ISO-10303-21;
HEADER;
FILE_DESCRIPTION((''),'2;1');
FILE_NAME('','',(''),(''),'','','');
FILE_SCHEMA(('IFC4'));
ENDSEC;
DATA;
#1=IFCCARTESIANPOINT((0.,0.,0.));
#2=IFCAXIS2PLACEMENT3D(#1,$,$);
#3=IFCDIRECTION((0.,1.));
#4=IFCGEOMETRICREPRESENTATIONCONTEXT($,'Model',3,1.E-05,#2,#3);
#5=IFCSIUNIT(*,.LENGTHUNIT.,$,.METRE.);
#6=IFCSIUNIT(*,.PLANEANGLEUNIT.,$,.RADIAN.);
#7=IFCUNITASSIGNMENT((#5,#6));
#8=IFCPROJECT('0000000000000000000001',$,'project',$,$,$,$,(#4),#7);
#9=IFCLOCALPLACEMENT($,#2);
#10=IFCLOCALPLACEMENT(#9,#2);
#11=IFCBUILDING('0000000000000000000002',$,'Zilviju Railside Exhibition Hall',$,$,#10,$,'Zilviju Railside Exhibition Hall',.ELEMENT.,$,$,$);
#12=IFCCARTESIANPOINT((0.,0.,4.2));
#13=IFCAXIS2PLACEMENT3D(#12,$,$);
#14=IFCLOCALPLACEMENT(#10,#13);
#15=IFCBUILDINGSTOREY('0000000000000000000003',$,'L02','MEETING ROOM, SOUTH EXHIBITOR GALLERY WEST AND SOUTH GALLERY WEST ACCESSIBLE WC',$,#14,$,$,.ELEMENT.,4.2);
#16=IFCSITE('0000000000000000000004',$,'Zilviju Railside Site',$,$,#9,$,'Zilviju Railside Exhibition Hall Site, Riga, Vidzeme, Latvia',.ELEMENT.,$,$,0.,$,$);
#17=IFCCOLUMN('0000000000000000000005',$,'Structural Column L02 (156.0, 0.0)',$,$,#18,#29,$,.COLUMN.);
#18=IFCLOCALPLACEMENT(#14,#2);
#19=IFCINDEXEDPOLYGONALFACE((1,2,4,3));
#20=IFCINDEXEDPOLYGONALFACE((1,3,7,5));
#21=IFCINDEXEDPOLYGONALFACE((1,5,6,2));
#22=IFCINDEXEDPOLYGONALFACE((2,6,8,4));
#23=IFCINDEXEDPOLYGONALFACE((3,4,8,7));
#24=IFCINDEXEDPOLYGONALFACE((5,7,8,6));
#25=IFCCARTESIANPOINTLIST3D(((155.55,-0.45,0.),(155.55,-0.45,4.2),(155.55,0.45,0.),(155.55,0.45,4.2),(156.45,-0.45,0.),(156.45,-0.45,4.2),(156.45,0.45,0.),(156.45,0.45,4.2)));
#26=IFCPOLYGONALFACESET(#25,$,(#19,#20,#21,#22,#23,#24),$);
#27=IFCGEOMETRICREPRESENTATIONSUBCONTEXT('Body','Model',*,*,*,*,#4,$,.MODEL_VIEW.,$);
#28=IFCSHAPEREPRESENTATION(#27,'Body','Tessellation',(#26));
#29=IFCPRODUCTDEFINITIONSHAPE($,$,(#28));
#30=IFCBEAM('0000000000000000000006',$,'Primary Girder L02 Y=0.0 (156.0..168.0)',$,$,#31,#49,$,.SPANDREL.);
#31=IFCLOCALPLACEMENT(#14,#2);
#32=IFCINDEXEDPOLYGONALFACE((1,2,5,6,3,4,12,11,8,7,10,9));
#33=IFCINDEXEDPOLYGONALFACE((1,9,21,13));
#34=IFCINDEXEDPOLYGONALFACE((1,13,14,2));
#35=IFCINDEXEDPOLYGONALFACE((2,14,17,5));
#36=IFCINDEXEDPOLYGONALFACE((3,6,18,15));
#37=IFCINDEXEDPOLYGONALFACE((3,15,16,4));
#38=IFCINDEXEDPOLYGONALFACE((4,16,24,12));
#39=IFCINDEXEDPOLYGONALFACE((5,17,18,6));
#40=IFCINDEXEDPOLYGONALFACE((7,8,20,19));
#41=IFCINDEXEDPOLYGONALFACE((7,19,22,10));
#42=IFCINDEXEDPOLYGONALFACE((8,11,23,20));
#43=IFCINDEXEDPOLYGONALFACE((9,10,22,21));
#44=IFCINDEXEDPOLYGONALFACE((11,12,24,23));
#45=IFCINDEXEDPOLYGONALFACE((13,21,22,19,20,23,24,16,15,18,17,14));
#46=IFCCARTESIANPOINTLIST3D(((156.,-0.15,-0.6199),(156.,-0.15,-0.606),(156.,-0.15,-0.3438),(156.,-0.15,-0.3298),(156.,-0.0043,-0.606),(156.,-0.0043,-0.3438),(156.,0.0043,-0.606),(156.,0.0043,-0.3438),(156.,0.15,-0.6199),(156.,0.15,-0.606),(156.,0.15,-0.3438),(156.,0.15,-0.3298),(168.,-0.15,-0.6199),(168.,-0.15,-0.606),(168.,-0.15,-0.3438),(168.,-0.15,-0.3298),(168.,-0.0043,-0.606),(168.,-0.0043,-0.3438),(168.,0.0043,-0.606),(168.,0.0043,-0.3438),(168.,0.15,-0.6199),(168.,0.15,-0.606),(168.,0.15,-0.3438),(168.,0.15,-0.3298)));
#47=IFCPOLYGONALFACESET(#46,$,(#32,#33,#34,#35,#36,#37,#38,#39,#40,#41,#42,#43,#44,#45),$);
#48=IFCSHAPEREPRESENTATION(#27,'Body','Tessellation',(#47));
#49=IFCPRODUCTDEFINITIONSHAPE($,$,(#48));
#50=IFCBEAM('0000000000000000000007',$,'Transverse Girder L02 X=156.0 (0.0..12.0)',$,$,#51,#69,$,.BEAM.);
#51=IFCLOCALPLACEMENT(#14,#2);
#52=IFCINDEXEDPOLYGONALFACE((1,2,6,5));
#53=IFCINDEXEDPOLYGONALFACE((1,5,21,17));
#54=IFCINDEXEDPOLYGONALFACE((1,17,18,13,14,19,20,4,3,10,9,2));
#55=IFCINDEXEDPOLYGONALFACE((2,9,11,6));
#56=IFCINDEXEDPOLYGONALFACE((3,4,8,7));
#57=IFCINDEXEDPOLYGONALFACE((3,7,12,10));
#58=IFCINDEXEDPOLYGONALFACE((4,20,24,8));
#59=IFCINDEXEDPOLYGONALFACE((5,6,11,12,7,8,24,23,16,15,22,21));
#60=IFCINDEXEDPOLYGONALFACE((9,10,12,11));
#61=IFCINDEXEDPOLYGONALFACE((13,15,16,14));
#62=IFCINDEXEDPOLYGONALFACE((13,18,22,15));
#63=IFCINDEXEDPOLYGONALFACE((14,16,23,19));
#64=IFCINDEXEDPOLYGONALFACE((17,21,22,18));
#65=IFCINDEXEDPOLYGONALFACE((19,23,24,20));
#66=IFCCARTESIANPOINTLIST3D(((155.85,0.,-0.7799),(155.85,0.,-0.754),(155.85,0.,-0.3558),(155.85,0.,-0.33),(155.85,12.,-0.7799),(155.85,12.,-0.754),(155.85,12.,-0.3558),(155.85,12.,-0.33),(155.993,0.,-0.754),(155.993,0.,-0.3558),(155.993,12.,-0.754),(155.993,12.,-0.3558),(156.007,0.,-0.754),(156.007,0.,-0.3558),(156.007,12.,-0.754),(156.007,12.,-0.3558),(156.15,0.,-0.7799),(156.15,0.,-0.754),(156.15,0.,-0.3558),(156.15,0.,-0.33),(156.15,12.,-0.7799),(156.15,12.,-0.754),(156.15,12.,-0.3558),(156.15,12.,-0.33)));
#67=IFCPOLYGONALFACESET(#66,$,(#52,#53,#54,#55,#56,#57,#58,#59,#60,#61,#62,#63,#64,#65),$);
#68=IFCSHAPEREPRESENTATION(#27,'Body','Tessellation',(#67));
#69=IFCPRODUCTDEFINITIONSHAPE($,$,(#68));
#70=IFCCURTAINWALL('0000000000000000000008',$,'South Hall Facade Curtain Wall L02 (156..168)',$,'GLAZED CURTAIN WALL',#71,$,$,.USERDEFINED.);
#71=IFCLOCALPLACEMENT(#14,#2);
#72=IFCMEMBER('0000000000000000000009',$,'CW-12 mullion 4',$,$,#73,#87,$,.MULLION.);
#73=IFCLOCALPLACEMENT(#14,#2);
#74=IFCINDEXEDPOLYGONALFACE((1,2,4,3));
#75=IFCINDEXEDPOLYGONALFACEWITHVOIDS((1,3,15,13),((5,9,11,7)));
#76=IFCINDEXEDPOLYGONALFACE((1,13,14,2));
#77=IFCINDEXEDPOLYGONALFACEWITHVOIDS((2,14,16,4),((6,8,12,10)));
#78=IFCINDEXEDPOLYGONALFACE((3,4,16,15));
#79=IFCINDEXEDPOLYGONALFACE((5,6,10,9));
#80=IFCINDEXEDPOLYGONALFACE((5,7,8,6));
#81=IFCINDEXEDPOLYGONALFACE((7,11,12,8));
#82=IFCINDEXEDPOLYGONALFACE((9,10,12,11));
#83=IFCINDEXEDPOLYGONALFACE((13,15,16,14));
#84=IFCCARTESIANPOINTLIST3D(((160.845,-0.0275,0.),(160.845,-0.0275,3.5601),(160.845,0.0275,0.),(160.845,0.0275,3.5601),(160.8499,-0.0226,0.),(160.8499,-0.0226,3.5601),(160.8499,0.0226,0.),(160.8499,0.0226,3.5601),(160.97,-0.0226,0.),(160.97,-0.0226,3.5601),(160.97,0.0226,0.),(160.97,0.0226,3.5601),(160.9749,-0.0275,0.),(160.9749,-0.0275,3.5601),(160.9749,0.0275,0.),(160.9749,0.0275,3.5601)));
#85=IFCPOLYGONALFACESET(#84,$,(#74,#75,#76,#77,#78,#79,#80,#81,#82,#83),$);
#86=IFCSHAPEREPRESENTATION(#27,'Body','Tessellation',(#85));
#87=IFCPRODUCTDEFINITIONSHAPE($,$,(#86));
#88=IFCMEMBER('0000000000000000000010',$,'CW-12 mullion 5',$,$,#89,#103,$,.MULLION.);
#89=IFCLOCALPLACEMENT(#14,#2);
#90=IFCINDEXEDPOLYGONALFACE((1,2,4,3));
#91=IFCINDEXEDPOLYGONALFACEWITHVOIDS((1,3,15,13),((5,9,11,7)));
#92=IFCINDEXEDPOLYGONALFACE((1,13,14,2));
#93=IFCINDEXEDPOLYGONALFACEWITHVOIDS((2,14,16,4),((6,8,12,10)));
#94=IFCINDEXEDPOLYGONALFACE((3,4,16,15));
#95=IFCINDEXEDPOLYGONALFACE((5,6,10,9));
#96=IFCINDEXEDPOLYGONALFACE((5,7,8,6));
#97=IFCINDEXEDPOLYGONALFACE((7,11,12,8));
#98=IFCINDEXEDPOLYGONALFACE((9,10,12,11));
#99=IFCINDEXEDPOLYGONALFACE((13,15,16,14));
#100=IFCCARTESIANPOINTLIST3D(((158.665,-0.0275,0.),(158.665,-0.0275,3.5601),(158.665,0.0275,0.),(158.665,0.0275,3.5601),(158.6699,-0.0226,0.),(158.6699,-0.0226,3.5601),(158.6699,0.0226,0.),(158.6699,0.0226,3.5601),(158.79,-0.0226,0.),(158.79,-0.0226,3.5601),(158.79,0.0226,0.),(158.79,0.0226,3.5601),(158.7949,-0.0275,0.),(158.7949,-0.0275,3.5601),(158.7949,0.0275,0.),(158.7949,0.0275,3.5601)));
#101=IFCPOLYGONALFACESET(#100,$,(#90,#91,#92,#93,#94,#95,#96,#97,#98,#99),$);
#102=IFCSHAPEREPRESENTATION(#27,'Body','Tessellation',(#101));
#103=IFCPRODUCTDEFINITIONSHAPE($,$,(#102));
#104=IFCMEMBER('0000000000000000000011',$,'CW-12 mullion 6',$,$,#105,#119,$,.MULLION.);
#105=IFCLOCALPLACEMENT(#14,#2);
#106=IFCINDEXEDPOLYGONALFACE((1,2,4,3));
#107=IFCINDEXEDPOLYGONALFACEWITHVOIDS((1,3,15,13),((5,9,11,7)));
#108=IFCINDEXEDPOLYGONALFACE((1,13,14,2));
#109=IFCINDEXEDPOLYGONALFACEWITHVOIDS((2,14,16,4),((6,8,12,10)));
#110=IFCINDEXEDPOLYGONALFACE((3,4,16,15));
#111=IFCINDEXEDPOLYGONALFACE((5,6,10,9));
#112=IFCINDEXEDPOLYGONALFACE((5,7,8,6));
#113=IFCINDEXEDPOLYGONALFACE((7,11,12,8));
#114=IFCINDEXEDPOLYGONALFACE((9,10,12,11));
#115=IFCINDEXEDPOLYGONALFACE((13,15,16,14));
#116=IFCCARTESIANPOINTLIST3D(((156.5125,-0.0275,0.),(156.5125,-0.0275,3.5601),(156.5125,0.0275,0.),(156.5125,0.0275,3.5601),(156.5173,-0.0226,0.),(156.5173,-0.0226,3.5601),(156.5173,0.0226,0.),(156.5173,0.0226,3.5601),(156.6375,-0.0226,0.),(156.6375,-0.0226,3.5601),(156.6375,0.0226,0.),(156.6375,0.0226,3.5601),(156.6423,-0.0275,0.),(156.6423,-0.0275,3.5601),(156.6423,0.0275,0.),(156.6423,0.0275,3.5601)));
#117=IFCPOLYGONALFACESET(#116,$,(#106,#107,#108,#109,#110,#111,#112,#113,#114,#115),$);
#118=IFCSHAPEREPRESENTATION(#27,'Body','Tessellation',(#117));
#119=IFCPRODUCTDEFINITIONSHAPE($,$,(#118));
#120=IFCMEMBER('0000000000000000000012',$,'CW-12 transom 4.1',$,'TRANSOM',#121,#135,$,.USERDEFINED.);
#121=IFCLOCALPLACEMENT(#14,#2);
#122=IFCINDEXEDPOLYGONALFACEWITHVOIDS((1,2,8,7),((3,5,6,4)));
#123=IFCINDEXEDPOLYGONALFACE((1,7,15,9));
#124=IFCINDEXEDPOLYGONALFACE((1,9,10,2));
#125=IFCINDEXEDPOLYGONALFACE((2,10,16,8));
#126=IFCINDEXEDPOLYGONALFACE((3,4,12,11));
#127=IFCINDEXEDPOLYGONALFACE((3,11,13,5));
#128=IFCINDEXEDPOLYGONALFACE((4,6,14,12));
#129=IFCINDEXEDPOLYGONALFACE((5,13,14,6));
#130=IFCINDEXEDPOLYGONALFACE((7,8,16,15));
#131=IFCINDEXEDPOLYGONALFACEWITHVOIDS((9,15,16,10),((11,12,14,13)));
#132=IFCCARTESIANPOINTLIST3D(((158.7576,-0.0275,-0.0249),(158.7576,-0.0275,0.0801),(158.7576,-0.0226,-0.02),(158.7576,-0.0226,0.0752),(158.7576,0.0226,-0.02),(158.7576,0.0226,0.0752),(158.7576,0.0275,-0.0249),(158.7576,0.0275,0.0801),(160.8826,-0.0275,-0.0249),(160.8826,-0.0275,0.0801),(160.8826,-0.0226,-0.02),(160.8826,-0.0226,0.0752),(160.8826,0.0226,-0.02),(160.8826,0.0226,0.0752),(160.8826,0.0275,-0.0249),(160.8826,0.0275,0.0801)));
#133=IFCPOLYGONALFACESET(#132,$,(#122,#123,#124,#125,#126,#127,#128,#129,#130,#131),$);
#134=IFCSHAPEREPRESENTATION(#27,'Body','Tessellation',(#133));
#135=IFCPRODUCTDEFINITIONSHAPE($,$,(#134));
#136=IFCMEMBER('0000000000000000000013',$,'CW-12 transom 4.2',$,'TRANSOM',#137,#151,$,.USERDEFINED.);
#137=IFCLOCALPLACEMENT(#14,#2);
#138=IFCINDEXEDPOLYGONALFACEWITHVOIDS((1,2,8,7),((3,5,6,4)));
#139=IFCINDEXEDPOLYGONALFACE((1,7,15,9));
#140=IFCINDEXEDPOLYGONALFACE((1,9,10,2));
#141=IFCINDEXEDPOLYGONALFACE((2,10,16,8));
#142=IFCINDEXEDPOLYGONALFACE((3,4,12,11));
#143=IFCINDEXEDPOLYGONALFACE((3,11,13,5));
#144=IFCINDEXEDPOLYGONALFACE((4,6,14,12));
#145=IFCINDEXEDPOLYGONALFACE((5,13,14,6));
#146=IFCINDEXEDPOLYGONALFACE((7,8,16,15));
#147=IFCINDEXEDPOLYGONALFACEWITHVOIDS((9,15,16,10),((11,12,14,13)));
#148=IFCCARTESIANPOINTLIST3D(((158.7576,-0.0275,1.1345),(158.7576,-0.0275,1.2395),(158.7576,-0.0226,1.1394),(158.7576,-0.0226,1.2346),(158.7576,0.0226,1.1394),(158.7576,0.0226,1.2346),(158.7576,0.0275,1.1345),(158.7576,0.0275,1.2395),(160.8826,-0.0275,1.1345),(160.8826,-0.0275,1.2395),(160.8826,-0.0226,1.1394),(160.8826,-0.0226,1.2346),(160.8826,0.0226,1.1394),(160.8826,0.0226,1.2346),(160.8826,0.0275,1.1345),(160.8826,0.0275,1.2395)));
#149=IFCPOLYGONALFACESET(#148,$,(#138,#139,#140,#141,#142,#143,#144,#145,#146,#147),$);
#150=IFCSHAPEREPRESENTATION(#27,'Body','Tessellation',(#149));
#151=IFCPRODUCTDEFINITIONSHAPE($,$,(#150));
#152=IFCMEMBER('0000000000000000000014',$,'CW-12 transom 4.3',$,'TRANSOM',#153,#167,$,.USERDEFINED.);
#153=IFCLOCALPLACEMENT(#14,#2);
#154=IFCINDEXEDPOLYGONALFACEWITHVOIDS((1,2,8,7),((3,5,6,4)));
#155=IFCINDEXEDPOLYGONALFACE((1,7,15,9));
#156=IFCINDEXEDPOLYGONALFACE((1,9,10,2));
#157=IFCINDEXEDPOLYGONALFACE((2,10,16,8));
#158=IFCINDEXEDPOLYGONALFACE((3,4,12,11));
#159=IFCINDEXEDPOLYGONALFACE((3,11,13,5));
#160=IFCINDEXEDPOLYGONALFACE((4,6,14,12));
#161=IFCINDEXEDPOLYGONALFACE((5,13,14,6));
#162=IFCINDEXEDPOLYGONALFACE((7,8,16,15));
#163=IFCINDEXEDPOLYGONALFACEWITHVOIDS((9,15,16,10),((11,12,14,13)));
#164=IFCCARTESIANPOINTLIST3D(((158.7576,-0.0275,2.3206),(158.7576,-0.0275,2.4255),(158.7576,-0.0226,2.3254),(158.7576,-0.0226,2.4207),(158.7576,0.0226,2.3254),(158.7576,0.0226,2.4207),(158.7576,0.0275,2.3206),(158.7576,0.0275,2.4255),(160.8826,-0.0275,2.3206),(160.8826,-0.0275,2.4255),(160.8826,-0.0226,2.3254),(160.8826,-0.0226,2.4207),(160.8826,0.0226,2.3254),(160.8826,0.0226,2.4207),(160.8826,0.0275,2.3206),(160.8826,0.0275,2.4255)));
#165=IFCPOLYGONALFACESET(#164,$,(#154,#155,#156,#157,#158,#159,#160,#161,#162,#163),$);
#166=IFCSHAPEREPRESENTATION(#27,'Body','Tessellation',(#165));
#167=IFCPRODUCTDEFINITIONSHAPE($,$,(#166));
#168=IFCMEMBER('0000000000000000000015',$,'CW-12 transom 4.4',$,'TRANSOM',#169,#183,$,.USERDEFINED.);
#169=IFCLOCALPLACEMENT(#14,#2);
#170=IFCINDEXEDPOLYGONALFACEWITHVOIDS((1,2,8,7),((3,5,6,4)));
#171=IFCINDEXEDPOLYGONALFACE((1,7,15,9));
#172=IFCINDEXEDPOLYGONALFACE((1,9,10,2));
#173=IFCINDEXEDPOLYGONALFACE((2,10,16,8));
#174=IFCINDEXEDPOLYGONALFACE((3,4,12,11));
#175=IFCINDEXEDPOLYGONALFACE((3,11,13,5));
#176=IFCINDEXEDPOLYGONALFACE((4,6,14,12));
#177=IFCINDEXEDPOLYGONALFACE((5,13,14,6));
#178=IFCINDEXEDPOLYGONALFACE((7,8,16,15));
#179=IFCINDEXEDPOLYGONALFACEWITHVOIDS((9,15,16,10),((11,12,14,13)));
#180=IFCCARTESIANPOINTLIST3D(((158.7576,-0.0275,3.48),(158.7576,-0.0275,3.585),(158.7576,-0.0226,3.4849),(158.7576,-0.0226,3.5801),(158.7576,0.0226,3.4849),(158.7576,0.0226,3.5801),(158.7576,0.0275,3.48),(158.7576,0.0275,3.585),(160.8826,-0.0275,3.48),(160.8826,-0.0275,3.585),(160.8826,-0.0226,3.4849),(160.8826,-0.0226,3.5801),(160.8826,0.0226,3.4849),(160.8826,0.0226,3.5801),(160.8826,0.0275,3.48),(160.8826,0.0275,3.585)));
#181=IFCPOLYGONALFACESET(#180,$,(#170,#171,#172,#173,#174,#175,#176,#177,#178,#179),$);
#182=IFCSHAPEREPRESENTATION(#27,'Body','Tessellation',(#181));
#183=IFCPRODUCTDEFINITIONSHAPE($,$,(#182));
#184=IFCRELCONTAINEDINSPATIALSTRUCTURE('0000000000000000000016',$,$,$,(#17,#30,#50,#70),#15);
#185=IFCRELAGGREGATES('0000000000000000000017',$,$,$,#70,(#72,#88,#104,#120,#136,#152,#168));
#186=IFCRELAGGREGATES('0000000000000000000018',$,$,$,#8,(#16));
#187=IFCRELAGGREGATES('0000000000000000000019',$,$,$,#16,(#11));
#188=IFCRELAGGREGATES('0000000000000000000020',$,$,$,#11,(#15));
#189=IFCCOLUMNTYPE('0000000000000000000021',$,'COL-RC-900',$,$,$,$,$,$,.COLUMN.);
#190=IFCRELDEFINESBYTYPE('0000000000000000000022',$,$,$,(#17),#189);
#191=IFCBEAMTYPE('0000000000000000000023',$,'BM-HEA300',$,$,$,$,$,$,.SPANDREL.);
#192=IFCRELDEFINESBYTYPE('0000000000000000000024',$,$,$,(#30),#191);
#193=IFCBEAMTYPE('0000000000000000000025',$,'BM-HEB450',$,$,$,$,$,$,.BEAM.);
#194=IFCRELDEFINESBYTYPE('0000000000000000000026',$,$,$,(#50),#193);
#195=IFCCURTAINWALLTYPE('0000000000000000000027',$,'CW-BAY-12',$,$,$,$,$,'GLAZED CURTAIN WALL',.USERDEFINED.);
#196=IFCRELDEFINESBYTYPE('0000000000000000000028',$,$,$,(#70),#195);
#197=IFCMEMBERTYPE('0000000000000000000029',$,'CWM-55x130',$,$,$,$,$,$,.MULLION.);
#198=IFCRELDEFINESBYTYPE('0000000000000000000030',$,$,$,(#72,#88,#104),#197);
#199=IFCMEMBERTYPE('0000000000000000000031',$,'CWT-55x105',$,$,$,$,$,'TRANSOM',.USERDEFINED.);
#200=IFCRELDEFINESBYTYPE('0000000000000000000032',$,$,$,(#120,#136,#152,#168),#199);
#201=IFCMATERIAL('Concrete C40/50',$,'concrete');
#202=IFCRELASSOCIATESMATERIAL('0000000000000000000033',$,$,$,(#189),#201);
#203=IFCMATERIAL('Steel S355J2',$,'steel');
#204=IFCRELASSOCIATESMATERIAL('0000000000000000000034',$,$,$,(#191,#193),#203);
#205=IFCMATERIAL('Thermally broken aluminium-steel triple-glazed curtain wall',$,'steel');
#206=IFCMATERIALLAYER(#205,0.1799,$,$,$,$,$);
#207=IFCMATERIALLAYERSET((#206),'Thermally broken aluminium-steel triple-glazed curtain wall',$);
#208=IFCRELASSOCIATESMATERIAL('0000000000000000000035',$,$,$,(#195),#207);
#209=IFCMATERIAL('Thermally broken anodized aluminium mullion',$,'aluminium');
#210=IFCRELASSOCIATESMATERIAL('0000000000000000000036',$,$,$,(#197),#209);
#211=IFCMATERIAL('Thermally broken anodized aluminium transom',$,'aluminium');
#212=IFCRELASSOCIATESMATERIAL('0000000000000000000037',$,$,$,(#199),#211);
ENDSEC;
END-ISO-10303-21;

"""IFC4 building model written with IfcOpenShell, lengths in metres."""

from ifc_helpers import new_model, si_unit, direction, frame, origin, origin_2d, place, context, subcontext, project, spatial, rectangle, hollow_rectangle, i_section, extrude, material, layer, layer_set, material_profile, profile_set, type_object, element, aggregate, save


model = new_model("IFC4")

# Units and contexts
model_context = context("Model", 3, precision=1e-05, world=origin(), true_north=direction((0.0, 1.0)))
body_context = subcontext(model_context, "Body", "Model", "MODEL_VIEW")
ifc_project = project(units=[si_unit("LENGTHUNIT", "METRE"), si_unit("PLANEANGLEUNIT", "RADIAN")], contexts=[model_context])

# Site, building, storey
site_placement = place(None, origin())
site = spatial("IfcSite", under=ifc_project, at=site_placement, Name="Zilviju Railside Site", LongName="Zilviju Railside Exhibition Hall Site, Riga, Vidzeme, Latvia", CompositionType="ELEMENT", RefElevation=0.0)
building_placement = place(site_placement, origin())
building = spatial("IfcBuilding", under=site, at=building_placement, Name="Zilviju Railside Exhibition Hall", LongName="Zilviju Railside Exhibition Hall", CompositionType="ELEMENT")
storey_placement = place(building_placement, frame((0.0, 0.0, 4.2)))
storey = spatial("IfcBuildingStorey", under=building, at=storey_placement, Name="L02", Description="MEETING ROOM, SOUTH EXHIBITOR GALLERY WEST AND SOUTH GALLERY WEST ACCESSIBLE WC", CompositionType="ELEMENT", Elevation=4.2)

# Column
ifc_material_1 = material(Name="Concrete C40/50", Category="concrete")
ifc_material_profile_1 = material_profile(ifc_material_1, rectangle(XDim=0.8999, YDim=0.8999, at=origin_2d()), Name="RC COL 900x900")
ifc_profile_set_1 = profile_set([ifc_material_profile_1], Name="Concrete C40/50")
column_type = type_object("IfcColumnType", Name="COL-RC-900", PredefinedType="COLUMN", material=ifc_profile_set_1)
column_placement = place(storey_placement, frame((156.0, 0.0, 0.0), z_axis=(0.0, 0.0, 1.0), x_axis=(1.0, 0.0, 0.0)))
element("IfcColumn", 1, at=column_placement, inside=storey, type_object=column_type, Name="Structural Column L02 (156.0, 0.0)", PredefinedType="COLUMN", context=body_context, shape_type="SweptSolid", body=[
    extrude(rectangle(XDim=0.8999, YDim=0.8999, at=origin_2d()), origin(), (0.0, 0.0, 1.0), 4.2),
])

# Beams
ifc_material_2 = material(Name="Steel S355J2", Category="steel")
ifc_material_profile_2 = material_profile(ifc_material_2, i_section(OverallWidth=0.3, OverallDepth=0.29, WebThickness=0.0085, FlangeThickness=0.0139, at=origin_2d()), Name="HEA 300")
ifc_profile_set_2 = profile_set([ifc_material_profile_2], Name="Steel S355J2")
beam_type_1 = type_object("IfcBeamType", Name="BM-HEA300", PredefinedType="SPANDREL", material=ifc_profile_set_2)
beam_1_placement = place(storey_placement, frame((156.0, 0.0, -0.4749), z_axis=(1.0, 0.0, 0.0), x_axis=(0.0, 1.0, 0.0)))
element("IfcBeam", 2, at=beam_1_placement, inside=storey, type_object=beam_type_1, Name="Primary Girder L02 Y=0.0 (156.0..168.0)", PredefinedType="SPANDREL", context=body_context, shape_type="SweptSolid", body=[
    extrude(i_section(OverallWidth=0.3, OverallDepth=0.29, WebThickness=0.0085, FlangeThickness=0.0139, at=origin_2d()), origin(), (0.0, 0.0, 1.0), 12.0),
])
ifc_material_profile_3 = material_profile(ifc_material_2, i_section(OverallWidth=0.3, OverallDepth=0.45, WebThickness=0.0139, FlangeThickness=0.0259, at=origin_2d()), Name="HEB 450")
ifc_profile_set_3 = profile_set([ifc_material_profile_3], Name="Steel S355J2")
beam_type_2 = type_object("IfcBeamType", Name="BM-HEB450", PredefinedType="BEAM", material=ifc_profile_set_3)
beam_2_placement = place(storey_placement, frame((156.0, 0.0, -0.5549), z_axis=(0.0, 1.0, 0.0), x_axis=(-1.0, 0.0, 0.0)))
element("IfcBeam", 3, at=beam_2_placement, inside=storey, type_object=beam_type_2, Name="Transverse Girder L02 X=156.0 (0.0..12.0)", PredefinedType="BEAM", context=body_context, shape_type="SweptSolid", body=[
    extrude(i_section(OverallWidth=0.3, OverallDepth=0.45, WebThickness=0.0139, FlangeThickness=0.0259, at=origin_2d()), origin(), (0.0, 0.0, 1.0), 12.0),
])

# Curtain wall, members
ifc_material_3 = material(Name="Thermally broken aluminium-steel triple-glazed curtain wall", Category="steel")
ifc_layer_1 = layer(ifc_material_3, 0.1799)
ifc_layer_set_1 = layer_set([ifc_layer_1], Name="Thermally broken aluminium-steel triple-glazed curtain wall")
curtain_wall_type = type_object("IfcCurtainWallType", Name="CW-BAY-12", ElementType="GLAZED CURTAIN WALL", PredefinedType="USERDEFINED", material=ifc_layer_set_1)
curtain_wall_placement = place(storey_placement, origin())
curtain_wall = element("IfcCurtainWall", 4, at=curtain_wall_placement, inside=storey, type_object=curtain_wall_type, Name="South Hall Facade Curtain Wall L02 (156..168)", ObjectType="GLAZED CURTAIN WALL", PredefinedType="USERDEFINED")
ifc_material_4 = material(Name="Thermally broken anodized aluminium mullion", Category="aluminium")
ifc_material_profile_4 = material_profile(ifc_material_4, hollow_rectangle(XDim=0.0549, YDim=0.1299, WallThickness=0.0049, at=origin_2d()), Name="MULLION 130x55x5")
ifc_profile_set_4 = profile_set([ifc_material_profile_4], Name="Thermally broken anodized aluminium mullion")
member_type_1 = type_object("IfcMemberType", Name="CWM-55x130", PredefinedType="MULLION", material=ifc_profile_set_4)
member_1_placement = place(storey_placement, frame((160.9099, 0.0, 0.0), z_axis=(0.0, 0.0, 1.0), x_axis=(0.0, -1.0, 0.0)))
member_1 = element("IfcMember", 5, at=member_1_placement, type_object=member_type_1, Name="CW-12 mullion 4", PredefinedType="MULLION", context=body_context, shape_type="SweptSolid", body=[
    extrude(hollow_rectangle(XDim=0.0549, YDim=0.1299, WallThickness=0.0049, at=origin_2d()), origin(), (0.0, 0.0, 1.0), 3.5601),
])
member_2_placement = place(storey_placement, frame((158.73, 0.0, 0.0), z_axis=(0.0, 0.0, 1.0), x_axis=(0.0, -1.0, 0.0)))
member_2 = element("IfcMember", 6, at=member_2_placement, type_object=member_type_1, Name="CW-12 mullion 5", PredefinedType="MULLION", context=body_context, shape_type="SweptSolid", body=[
    extrude(hollow_rectangle(XDim=0.0549, YDim=0.1299, WallThickness=0.0049, at=origin_2d()), origin(), (0.0, 0.0, 1.0), 3.5601),
])
member_3_placement = place(storey_placement, frame((156.5774, 0.0, 0.0), z_axis=(0.0, 0.0, 1.0), x_axis=(0.0, -1.0, 0.0)))
member_3 = element("IfcMember", 7, at=member_3_placement, type_object=member_type_1, Name="CW-12 mullion 6", PredefinedType="MULLION", context=body_context, shape_type="SweptSolid", body=[
    extrude(hollow_rectangle(XDim=0.0549, YDim=0.1299, WallThickness=0.0049, at=origin_2d()), origin(), (0.0, 0.0, 1.0), 3.5601),
])
ifc_material_5 = material(Name="Thermally broken anodized aluminium transom", Category="aluminium")
ifc_material_profile_5 = material_profile(ifc_material_5, hollow_rectangle(XDim=0.0549, YDim=0.105, WallThickness=0.0049, at=origin_2d()), Name="TRANSOM 105x55x5")
ifc_profile_set_5 = profile_set([ifc_material_profile_5], Name="Thermally broken anodized aluminium transom")
member_type_2 = type_object("IfcMemberType", Name="CWT-55x105", ElementType="TRANSOM", PredefinedType="USERDEFINED", material=ifc_profile_set_5)
member_4_placement = place(storey_placement, frame((160.8826, 0.0, 0.0276), z_axis=(-1.0, 0.0, 0.0), x_axis=(0.0, -1.0, 0.0)))
member_4 = element("IfcMember", 8, at=member_4_placement, type_object=member_type_2, Name="CW-12 transom 4.1", ObjectType="TRANSOM", PredefinedType="USERDEFINED", context=body_context, shape_type="SweptSolid", body=[
    extrude(hollow_rectangle(XDim=0.0549, YDim=0.105, WallThickness=0.0049, at=origin_2d()), origin(), (0.0, 0.0, 1.0), 2.125),
])
member_5_placement = place(storey_placement, frame((160.8826, 0.0, 1.187), z_axis=(-1.0, 0.0, 0.0), x_axis=(0.0, -1.0, 0.0)))
member_5 = element("IfcMember", 9, at=member_5_placement, type_object=member_type_2, Name="CW-12 transom 4.2", ObjectType="TRANSOM", PredefinedType="USERDEFINED", context=body_context, shape_type="SweptSolid", body=[
    extrude(hollow_rectangle(XDim=0.0549, YDim=0.105, WallThickness=0.0049, at=origin_2d()), origin(), (0.0, 0.0, 1.0), 2.125),
])
member_6_placement = place(storey_placement, frame((160.8826, 0.0, 2.373), z_axis=(-1.0, 0.0, 0.0), x_axis=(0.0, -1.0, 0.0)))
member_6 = element("IfcMember", 10, at=member_6_placement, type_object=member_type_2, Name="CW-12 transom 4.3", ObjectType="TRANSOM", PredefinedType="USERDEFINED", context=body_context, shape_type="SweptSolid", body=[
    extrude(hollow_rectangle(XDim=0.0549, YDim=0.105, WallThickness=0.0049, at=origin_2d()), origin(), (0.0, 0.0, 1.0), 2.125),
])
member_7_placement = place(storey_placement, frame((160.8826, 0.0, 3.5325), z_axis=(-1.0, 0.0, 0.0), x_axis=(0.0, -1.0, 0.0)))
member_7 = element("IfcMember", 11, at=member_7_placement, type_object=member_type_2, Name="CW-12 transom 4.4", ObjectType="TRANSOM", PredefinedType="USERDEFINED", context=body_context, shape_type="SweptSolid", body=[
    extrude(hollow_rectangle(XDim=0.0549, YDim=0.105, WallThickness=0.0049, at=origin_2d()), origin(), (0.0, 0.0, 1.0), 2.125),
])
aggregate(curtain_wall, [member_1, member_2, member_3, member_4, member_5, member_6, member_7])

save(model, "model.ifc")
